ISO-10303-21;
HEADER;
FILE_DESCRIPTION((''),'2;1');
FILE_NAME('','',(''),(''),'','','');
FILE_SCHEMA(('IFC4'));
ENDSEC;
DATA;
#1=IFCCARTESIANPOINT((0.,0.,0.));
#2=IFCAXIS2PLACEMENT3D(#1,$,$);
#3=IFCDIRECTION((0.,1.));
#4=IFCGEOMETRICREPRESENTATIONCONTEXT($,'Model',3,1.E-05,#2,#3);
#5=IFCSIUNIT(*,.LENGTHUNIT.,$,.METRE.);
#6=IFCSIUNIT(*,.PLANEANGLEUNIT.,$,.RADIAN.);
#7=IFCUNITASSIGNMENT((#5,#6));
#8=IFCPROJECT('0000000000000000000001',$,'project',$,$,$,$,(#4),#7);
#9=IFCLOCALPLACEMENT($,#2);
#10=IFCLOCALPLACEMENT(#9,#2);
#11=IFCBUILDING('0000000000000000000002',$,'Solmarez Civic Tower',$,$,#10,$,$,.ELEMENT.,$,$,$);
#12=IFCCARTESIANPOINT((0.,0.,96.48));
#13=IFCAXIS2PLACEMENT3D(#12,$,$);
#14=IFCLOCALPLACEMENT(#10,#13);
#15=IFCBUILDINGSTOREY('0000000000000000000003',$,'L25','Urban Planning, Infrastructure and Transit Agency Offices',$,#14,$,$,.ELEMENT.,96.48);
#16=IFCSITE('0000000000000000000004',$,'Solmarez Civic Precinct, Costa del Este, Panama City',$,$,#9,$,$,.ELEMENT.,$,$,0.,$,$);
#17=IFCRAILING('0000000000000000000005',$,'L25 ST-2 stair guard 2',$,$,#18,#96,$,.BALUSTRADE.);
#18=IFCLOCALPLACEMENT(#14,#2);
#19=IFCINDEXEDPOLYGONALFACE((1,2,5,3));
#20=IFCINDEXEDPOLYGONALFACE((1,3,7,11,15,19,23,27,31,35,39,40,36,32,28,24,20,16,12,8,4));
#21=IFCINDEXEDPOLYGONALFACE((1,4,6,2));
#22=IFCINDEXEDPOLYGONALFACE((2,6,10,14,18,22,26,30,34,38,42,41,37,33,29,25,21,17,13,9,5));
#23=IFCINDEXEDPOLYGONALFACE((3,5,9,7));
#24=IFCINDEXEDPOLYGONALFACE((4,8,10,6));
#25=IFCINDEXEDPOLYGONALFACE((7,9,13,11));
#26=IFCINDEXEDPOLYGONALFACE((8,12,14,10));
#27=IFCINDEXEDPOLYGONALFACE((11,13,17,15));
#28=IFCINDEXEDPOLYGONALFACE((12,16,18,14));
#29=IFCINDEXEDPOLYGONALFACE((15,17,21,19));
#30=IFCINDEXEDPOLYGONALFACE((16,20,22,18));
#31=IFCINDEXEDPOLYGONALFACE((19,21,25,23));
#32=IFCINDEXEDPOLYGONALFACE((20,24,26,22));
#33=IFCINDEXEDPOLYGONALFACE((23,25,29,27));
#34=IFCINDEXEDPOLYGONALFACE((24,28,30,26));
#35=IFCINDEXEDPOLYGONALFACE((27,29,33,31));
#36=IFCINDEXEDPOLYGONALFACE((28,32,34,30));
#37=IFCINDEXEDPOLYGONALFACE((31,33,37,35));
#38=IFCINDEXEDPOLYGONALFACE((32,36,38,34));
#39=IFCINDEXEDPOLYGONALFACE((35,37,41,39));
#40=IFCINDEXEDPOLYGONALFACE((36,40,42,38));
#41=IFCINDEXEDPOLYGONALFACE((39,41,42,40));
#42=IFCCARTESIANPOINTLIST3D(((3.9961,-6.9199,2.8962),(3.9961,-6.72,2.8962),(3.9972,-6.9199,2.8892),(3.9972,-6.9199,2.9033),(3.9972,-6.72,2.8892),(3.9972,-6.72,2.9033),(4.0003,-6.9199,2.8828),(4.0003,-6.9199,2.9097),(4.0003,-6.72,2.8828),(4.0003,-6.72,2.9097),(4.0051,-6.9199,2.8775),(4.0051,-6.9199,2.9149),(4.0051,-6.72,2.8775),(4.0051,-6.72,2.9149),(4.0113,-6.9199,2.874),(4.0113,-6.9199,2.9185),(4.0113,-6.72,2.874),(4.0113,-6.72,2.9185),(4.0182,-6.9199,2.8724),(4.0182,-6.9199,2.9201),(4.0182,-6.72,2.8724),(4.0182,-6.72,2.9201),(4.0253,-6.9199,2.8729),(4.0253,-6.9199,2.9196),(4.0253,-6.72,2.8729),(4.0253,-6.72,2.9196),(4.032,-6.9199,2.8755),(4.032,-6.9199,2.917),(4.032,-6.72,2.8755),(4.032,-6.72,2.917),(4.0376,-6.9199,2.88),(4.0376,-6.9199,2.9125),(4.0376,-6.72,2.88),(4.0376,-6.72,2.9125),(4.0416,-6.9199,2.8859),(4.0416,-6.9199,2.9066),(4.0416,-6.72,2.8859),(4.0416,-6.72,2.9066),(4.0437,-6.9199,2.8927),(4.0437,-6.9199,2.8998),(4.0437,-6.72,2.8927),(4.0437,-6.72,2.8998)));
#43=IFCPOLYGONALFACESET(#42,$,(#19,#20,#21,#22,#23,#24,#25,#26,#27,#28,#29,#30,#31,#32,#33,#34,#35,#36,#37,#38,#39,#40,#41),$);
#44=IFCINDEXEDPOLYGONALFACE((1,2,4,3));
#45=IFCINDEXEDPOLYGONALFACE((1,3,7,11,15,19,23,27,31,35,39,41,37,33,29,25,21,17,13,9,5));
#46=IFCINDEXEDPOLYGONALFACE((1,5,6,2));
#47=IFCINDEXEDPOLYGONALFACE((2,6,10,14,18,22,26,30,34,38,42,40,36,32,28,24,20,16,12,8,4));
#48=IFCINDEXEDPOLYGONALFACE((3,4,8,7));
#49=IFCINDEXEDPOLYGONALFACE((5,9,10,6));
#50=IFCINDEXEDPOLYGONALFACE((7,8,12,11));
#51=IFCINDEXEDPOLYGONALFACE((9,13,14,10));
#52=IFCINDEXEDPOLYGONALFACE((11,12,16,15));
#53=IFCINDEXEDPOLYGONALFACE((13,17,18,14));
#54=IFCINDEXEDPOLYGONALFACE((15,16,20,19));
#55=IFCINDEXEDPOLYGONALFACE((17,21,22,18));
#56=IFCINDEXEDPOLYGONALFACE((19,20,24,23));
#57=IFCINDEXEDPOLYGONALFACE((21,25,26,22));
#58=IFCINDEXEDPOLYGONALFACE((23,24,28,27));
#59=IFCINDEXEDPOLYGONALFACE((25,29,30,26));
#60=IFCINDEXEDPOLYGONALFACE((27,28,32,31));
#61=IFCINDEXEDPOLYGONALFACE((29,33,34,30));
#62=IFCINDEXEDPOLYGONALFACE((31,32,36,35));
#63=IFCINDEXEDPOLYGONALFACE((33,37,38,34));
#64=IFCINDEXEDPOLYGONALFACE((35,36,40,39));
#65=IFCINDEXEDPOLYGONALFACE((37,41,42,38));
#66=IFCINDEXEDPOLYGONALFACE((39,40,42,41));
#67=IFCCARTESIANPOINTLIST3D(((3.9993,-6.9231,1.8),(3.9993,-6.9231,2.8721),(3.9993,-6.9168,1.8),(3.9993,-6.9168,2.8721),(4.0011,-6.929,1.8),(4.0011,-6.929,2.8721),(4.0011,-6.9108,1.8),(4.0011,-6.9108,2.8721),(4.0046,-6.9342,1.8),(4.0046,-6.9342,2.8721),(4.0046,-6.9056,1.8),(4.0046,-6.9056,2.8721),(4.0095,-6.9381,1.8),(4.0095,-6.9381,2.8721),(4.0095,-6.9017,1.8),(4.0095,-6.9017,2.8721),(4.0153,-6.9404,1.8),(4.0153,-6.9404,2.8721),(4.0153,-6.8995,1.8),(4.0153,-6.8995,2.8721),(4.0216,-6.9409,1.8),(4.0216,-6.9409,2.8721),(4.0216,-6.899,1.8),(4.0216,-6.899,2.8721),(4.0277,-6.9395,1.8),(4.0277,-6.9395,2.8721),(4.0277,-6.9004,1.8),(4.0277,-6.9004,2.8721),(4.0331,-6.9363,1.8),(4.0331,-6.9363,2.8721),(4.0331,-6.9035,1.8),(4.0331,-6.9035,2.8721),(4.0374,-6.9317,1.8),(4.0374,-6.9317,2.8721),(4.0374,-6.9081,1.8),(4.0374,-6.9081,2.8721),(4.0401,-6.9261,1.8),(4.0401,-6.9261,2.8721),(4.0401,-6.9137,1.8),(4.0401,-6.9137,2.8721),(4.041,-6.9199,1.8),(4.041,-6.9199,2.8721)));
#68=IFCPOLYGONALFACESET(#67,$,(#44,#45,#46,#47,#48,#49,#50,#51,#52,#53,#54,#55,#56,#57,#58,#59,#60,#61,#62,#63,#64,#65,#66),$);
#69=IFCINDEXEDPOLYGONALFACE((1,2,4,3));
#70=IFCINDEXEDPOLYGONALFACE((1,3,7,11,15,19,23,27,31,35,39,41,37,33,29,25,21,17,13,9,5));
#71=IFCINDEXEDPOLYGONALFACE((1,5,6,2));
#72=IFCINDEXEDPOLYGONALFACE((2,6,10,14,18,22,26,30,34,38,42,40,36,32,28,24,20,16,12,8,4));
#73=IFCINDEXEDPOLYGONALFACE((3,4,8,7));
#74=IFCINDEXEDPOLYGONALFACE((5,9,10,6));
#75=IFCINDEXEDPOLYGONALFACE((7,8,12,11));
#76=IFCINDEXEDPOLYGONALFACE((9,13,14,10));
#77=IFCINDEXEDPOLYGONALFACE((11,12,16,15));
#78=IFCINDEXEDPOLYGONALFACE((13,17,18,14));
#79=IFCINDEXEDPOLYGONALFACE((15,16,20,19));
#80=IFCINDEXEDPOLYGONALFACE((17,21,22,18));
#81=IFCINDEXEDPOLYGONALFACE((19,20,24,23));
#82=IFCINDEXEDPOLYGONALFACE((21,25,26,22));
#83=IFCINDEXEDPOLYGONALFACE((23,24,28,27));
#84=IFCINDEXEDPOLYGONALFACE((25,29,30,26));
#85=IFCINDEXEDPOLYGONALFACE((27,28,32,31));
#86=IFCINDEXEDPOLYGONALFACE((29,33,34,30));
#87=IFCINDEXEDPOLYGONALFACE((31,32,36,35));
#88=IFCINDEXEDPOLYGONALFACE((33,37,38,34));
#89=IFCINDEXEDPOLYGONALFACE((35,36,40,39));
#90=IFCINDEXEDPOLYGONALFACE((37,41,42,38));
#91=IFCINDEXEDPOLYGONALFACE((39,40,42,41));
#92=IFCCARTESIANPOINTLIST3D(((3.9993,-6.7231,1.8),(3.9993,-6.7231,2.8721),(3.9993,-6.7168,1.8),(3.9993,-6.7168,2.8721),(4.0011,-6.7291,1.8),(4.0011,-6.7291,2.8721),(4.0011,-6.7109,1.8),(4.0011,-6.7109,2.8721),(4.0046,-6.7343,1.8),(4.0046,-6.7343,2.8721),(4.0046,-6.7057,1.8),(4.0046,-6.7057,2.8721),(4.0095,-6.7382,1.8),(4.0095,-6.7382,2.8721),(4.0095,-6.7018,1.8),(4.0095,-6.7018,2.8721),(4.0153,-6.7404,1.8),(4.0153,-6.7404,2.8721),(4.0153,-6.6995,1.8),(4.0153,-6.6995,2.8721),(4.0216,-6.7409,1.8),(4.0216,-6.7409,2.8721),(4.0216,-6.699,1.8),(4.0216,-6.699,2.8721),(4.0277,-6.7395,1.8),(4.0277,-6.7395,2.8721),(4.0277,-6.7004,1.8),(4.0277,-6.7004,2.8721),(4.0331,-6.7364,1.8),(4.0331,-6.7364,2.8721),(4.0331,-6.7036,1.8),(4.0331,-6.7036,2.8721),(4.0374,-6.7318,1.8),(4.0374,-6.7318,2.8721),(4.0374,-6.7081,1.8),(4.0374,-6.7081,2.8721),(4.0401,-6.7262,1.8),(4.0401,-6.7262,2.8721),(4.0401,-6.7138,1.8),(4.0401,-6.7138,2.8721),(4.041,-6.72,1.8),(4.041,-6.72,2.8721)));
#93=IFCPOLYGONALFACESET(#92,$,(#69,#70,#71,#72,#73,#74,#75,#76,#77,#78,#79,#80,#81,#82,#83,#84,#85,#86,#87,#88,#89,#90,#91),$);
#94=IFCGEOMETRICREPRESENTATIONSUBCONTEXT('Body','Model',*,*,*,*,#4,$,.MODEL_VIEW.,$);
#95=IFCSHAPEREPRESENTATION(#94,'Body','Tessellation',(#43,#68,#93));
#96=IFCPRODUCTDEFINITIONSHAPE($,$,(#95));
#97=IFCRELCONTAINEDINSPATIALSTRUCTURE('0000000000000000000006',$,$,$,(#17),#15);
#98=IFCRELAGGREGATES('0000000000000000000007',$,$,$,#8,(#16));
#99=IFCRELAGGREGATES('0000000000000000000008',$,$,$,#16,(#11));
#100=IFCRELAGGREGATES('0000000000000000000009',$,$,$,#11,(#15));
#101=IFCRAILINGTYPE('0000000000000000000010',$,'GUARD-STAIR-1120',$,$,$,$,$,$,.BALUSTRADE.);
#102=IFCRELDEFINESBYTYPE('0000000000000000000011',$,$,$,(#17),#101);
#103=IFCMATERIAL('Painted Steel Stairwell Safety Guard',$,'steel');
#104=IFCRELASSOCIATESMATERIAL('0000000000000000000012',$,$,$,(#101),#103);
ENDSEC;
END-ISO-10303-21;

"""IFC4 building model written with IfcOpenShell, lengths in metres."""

from ifc_helpers import new_model, si_unit, direction, frame, origin, origin_2d, place, context, subcontext, project, spatial, circle, extrude, material, type_object, element, save


model = new_model("IFC4")

# Units and contexts
model_context = context("Model", 3, precision=1e-05, world=origin(), true_north=direction((0.0, 1.0)))
body_context = subcontext(model_context, "Body", "Model", "MODEL_VIEW")
ifc_project = project(units=[si_unit("LENGTHUNIT", "METRE"), si_unit("PLANEANGLEUNIT", "RADIAN")], contexts=[model_context])

# Site, building, storey
site_placement = place(None, origin())
site = spatial("IfcSite", under=ifc_project, at=site_placement, Name="Solmarez Civic Precinct, Costa del Este, Panama City", CompositionType="ELEMENT", RefElevation=0.0)
building_placement = place(site_placement, origin())
building = spatial("IfcBuilding", under=site, at=building_placement, Name="Solmarez Civic Tower", CompositionType="ELEMENT")
storey_placement = place(building_placement, frame((0.0, 0.0, 96.48)))
storey = spatial("IfcBuildingStorey", under=building, at=storey_placement, Name="L25", Description="Urban Planning, Infrastructure and Transit Agency Offices", CompositionType="ELEMENT", Elevation=96.48)

# Railing
ifc_material_1 = material(Name="Painted Steel Stairwell Safety Guard", Category="steel")
railing_type_1 = type_object("IfcRailingType", Name="GUARD-STAIR-1120", PredefinedType="BALUSTRADE", material=ifc_material_1)
railing_1_placement = place(storey_placement, frame((4.02, -6.9199, 1.8)))
element("IfcRailing", 1, at=railing_1_placement, inside=storey, type_object=railing_type_1, Name="L25 ST-2 stair guard 2", PredefinedType="BALUSTRADE", context=body_context, shape_type="SweptSolid", body=[
    extrude(circle(Radius=0.0239, at=origin_2d()), frame((0.0, 0.0, 1.0962), z_axis=(0.0, 1.0, 0.0), x_axis=(-1.0, 0.0, 0.0)), (0.0, 0.0, 1.0), 0.2),
    extrude(circle(Radius=0.021, at=origin_2d()), origin(), (0.0, 0.0, 1.0), 1.072),
    extrude(circle(Radius=0.021, at=origin_2d()), frame((0.0, 0.2, 0.0)), (0.0, 0.0, 1.0), 1.072),
])

save(model, "model.ifc")
